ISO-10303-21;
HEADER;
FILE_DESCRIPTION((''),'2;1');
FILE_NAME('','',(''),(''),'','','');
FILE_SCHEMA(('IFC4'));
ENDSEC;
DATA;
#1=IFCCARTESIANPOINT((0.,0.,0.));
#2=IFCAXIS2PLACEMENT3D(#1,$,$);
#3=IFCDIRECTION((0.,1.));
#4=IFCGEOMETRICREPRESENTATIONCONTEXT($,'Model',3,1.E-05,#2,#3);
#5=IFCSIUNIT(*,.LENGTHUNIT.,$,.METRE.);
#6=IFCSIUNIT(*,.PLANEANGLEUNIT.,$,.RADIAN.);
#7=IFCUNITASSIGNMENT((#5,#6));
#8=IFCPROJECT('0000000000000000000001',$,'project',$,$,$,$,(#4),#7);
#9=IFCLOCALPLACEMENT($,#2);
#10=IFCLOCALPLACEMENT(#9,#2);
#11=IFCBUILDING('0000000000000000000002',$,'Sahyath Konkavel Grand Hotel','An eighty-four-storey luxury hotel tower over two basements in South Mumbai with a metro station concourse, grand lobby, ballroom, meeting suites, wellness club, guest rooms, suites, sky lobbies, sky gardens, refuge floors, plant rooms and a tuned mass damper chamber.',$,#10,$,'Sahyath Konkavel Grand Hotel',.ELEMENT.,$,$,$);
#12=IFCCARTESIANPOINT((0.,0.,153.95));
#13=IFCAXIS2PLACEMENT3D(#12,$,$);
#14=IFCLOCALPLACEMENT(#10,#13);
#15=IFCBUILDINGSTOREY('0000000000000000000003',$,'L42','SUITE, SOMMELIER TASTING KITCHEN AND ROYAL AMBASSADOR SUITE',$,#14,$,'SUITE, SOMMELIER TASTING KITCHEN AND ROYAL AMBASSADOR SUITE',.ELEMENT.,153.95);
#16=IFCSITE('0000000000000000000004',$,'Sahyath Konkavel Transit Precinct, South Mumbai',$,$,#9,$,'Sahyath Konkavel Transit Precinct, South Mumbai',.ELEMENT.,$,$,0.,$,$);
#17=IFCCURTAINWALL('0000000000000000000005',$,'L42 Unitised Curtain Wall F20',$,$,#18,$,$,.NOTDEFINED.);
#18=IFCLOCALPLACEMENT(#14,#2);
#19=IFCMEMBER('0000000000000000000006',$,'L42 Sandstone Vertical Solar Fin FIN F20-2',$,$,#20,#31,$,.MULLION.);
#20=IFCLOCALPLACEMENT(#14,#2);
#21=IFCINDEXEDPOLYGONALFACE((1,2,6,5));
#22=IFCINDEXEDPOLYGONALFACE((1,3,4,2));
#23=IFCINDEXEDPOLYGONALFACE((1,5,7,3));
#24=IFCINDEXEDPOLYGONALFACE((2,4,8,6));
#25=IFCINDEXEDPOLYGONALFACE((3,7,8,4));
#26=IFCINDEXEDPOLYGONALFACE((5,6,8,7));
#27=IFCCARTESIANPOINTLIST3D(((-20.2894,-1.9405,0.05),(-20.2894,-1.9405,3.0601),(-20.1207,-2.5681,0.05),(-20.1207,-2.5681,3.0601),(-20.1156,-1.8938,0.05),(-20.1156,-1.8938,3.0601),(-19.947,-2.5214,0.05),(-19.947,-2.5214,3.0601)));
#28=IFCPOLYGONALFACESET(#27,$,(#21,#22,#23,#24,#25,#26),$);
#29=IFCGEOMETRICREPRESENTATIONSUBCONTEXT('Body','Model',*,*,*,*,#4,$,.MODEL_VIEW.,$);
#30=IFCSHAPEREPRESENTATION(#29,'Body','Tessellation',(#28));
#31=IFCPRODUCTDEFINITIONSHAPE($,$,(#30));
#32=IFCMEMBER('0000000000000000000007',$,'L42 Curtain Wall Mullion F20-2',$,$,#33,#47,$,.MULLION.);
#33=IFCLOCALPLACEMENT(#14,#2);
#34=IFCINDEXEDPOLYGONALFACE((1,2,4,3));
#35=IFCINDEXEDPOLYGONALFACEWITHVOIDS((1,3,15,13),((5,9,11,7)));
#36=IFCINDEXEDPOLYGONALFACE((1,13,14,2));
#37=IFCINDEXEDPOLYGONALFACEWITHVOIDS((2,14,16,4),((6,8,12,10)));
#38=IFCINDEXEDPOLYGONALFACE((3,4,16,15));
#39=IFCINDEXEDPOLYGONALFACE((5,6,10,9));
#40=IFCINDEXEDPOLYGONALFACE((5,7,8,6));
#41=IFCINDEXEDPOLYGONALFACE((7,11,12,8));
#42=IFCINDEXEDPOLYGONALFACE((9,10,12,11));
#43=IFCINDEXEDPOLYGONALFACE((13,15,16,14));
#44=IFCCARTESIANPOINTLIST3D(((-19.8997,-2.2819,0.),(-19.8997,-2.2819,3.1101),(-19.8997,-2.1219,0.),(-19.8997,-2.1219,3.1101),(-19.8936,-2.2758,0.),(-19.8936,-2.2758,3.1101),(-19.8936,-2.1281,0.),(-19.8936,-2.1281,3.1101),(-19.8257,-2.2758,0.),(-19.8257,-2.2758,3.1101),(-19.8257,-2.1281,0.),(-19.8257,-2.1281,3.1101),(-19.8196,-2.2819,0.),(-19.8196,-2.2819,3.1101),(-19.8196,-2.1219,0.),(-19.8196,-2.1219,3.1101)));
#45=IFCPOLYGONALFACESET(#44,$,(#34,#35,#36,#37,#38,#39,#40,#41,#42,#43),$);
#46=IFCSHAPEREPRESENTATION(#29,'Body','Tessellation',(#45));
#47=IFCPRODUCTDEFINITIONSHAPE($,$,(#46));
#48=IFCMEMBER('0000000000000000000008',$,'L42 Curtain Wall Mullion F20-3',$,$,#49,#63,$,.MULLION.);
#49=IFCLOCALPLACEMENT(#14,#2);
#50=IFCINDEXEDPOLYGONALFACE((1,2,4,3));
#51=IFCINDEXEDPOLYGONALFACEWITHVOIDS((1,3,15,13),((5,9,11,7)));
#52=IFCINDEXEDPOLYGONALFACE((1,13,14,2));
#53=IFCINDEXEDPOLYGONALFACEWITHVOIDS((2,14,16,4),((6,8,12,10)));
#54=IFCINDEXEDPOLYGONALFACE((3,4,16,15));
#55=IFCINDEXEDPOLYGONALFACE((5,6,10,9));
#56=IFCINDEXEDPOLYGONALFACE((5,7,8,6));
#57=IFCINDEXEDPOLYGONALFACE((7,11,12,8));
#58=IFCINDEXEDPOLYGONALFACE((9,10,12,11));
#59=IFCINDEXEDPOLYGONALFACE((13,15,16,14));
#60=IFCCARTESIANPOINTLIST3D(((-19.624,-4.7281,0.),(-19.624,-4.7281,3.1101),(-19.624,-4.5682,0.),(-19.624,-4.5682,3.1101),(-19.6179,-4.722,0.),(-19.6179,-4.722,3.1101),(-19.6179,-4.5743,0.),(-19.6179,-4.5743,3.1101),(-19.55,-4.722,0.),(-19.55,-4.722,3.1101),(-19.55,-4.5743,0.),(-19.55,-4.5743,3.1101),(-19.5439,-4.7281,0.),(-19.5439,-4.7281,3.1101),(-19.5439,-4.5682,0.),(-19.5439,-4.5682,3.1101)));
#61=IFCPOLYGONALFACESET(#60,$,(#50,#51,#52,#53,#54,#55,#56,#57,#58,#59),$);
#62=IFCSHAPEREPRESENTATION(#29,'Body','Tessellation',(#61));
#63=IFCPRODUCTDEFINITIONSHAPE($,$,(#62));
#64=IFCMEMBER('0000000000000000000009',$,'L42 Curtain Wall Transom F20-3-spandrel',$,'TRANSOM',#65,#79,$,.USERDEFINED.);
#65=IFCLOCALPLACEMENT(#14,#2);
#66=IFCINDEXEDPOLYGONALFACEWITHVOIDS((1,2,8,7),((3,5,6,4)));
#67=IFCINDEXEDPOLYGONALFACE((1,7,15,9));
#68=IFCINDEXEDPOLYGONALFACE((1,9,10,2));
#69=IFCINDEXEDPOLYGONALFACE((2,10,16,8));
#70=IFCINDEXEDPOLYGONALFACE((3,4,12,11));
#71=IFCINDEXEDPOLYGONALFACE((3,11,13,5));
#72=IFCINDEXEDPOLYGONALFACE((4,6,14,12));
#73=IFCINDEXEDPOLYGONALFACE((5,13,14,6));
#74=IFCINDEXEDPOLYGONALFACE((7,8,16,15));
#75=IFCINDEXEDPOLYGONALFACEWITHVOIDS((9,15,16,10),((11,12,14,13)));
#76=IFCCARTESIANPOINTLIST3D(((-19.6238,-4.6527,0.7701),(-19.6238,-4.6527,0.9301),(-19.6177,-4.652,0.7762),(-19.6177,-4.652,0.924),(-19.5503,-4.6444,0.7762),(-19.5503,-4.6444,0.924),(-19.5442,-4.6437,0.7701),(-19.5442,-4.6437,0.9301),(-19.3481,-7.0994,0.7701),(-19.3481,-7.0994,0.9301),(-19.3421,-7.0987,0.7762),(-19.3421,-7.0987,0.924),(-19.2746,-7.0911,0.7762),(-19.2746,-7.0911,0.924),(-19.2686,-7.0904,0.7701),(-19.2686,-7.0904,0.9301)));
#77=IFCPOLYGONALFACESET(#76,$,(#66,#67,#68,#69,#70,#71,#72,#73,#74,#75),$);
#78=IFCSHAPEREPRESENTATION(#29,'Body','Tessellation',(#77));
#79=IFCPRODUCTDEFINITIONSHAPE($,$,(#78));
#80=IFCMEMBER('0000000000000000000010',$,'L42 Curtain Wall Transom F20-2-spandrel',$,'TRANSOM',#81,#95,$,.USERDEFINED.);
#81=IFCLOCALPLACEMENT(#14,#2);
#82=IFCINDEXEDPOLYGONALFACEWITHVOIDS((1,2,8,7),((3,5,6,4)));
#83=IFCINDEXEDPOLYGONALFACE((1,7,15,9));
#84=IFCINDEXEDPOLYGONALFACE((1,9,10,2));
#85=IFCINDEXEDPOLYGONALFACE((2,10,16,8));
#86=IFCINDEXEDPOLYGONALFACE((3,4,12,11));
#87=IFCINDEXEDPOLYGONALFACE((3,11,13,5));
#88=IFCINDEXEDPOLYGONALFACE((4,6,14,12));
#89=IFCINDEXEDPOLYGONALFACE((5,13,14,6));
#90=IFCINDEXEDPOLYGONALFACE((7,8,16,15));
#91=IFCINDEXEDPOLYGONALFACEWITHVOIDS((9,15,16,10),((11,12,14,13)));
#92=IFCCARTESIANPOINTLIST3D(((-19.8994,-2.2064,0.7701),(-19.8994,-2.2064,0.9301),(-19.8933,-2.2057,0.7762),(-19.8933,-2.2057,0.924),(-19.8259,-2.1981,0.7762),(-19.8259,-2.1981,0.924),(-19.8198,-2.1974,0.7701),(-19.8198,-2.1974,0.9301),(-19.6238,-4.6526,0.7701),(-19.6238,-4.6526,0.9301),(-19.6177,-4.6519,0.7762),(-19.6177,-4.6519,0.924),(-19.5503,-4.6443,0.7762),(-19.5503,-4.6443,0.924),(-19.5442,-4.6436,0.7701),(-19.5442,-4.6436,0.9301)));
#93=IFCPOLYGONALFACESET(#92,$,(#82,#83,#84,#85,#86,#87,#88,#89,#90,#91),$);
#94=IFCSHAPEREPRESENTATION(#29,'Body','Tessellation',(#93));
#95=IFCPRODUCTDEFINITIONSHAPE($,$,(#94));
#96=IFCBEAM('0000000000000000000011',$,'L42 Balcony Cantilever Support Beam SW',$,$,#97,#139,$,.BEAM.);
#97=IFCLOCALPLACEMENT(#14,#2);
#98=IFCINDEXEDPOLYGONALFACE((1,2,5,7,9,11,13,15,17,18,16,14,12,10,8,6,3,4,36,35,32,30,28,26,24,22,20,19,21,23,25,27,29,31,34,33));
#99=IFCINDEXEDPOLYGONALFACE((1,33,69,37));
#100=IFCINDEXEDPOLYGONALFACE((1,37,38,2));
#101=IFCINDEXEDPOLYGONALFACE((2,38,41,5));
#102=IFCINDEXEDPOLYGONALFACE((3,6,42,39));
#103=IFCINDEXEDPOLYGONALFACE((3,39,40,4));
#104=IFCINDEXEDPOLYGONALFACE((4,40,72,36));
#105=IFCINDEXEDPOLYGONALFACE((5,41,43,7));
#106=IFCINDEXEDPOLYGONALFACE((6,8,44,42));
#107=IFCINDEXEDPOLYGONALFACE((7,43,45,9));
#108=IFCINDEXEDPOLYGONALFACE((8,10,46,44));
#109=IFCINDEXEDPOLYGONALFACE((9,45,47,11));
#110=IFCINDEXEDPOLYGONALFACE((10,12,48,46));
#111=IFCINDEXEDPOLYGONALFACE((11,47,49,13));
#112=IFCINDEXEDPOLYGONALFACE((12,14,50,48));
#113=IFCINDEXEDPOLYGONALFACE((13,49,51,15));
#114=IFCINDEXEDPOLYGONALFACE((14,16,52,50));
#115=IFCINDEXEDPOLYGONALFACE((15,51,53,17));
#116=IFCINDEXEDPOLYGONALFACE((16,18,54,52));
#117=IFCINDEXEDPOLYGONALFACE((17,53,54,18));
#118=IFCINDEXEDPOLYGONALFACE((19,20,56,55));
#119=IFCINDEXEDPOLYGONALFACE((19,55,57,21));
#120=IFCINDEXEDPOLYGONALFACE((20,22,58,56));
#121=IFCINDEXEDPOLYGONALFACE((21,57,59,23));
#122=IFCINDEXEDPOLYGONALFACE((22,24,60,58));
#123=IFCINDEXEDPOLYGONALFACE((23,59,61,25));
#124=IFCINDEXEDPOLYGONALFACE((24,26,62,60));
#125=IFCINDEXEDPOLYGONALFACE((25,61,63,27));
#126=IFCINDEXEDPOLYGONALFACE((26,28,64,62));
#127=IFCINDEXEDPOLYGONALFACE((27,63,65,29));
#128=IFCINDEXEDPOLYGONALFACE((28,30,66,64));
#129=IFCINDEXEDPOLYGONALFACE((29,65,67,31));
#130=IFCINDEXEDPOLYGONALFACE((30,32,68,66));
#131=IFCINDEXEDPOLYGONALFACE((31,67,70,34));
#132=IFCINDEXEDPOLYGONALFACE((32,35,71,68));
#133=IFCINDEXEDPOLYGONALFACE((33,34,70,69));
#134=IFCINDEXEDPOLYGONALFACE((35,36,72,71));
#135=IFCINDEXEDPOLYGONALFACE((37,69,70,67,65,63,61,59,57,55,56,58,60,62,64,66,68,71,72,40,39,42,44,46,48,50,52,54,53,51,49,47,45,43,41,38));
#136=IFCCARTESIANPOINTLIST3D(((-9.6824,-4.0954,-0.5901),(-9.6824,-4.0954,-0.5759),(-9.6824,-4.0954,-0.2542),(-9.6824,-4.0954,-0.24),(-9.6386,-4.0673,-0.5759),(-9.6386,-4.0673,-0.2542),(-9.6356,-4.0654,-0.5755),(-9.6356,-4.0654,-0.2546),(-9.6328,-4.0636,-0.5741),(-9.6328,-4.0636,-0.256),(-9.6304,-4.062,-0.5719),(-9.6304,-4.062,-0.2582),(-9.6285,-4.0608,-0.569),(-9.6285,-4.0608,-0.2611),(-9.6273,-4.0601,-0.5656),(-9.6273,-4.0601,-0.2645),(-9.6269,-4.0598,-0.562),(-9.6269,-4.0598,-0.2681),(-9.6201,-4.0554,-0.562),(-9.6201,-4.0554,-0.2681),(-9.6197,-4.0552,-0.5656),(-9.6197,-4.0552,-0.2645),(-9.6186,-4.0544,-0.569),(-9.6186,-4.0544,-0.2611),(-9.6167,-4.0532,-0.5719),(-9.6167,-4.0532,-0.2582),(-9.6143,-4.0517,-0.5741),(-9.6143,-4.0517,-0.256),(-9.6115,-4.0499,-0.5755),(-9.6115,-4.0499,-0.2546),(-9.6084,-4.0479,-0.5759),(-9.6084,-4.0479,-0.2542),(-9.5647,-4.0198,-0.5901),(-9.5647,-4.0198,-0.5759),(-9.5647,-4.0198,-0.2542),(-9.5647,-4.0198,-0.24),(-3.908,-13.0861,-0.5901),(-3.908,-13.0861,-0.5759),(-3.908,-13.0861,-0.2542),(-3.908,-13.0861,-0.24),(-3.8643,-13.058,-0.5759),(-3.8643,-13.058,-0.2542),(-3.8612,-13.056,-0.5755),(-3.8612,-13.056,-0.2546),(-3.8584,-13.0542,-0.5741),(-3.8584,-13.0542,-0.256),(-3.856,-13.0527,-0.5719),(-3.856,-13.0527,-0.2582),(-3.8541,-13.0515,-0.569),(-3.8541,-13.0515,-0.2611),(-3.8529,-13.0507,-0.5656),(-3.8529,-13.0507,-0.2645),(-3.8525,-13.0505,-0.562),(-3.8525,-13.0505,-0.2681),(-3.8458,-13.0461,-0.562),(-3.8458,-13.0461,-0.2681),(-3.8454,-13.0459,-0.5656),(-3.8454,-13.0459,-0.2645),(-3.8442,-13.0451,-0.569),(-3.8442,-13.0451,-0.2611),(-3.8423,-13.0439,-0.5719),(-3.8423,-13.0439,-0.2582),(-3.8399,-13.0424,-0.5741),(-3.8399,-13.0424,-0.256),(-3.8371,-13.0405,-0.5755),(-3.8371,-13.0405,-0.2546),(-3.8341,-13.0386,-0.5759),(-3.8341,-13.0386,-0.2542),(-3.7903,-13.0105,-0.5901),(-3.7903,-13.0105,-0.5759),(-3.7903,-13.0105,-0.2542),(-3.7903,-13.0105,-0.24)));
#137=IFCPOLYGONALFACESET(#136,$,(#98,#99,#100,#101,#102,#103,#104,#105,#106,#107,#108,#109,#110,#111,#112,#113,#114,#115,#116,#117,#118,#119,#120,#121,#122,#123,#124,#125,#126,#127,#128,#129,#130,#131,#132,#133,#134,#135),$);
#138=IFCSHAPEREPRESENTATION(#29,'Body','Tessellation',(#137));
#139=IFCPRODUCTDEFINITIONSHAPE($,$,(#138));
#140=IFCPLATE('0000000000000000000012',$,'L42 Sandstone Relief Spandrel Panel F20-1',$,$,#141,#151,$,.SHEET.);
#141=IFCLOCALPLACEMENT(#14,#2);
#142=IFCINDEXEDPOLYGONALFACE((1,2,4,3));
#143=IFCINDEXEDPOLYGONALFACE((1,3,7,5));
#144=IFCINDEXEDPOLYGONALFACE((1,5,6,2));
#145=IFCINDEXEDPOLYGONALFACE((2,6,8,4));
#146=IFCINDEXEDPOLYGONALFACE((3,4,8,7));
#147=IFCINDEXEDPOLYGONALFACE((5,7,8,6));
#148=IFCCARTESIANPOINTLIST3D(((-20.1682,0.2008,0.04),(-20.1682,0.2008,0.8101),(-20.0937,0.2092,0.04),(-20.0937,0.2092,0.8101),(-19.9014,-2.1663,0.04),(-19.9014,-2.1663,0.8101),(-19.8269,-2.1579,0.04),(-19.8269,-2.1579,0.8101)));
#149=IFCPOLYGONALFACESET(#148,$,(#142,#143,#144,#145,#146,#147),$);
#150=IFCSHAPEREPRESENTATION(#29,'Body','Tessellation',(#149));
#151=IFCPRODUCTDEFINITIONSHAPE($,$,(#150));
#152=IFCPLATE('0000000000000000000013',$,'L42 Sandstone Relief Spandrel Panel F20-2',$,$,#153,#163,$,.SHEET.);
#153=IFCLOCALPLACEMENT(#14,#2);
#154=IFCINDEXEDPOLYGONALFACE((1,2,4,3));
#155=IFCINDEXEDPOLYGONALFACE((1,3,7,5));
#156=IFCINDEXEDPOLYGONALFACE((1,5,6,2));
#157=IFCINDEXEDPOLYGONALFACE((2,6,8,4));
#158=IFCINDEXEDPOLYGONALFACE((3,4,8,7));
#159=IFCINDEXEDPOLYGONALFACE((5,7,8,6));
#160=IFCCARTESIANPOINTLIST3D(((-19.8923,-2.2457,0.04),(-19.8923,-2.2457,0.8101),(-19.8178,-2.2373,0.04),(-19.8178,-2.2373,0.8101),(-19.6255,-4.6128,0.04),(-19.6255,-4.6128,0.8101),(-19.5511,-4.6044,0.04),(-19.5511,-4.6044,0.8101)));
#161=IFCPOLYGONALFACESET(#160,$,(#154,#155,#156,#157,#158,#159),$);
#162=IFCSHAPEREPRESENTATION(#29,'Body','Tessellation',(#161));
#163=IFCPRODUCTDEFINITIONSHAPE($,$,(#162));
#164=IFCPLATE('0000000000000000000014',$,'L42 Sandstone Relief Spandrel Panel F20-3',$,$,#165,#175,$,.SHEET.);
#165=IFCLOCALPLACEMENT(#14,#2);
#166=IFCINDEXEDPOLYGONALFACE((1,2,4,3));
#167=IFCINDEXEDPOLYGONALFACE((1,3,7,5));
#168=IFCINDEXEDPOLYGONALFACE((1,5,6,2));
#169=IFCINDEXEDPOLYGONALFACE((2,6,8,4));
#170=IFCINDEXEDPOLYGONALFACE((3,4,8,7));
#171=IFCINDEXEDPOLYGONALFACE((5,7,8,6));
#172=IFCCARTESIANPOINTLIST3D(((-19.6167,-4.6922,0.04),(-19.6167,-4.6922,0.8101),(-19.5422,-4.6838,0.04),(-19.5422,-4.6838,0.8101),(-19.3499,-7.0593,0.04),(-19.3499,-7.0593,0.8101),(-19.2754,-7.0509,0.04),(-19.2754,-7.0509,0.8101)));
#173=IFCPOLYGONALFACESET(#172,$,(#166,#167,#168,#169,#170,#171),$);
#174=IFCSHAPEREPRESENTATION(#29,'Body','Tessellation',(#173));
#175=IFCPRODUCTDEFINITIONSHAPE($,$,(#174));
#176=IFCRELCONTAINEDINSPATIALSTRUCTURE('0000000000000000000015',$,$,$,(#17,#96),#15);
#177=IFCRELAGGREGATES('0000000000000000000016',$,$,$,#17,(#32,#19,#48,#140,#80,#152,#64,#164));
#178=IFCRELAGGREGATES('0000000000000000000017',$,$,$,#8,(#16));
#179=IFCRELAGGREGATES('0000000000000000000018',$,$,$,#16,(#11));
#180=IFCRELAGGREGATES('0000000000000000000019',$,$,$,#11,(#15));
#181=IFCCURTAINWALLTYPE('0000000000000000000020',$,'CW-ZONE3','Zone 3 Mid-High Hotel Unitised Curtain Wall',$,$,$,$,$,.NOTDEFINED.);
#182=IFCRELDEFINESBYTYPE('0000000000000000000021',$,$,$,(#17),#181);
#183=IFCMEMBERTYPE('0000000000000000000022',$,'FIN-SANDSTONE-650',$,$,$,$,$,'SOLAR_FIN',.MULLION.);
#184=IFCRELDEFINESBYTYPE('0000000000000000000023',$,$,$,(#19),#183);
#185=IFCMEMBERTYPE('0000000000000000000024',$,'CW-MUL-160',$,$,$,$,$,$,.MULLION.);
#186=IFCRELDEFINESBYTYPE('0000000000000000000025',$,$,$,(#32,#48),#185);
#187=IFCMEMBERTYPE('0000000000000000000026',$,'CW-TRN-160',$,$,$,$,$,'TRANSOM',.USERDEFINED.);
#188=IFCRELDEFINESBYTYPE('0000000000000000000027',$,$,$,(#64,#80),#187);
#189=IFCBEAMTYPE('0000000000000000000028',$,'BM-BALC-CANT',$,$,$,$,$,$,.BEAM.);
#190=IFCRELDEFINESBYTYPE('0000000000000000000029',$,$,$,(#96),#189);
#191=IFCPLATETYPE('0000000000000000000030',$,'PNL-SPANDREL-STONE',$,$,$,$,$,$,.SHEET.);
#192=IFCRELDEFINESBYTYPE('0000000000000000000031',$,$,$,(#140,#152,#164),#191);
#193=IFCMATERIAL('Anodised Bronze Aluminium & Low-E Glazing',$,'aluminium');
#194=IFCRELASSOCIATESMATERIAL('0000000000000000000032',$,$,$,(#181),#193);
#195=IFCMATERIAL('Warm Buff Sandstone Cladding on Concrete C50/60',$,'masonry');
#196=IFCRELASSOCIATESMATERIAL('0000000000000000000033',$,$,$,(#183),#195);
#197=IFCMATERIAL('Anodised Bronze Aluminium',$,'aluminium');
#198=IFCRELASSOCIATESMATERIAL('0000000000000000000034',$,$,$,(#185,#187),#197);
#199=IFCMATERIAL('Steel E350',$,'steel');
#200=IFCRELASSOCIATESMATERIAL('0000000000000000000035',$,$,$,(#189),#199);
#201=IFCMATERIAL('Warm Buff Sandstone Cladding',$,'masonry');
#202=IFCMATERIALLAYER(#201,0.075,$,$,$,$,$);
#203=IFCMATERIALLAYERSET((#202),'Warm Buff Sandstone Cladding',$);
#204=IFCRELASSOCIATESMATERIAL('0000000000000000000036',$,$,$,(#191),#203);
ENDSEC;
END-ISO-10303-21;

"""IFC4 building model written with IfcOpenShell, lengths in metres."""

from ifc_helpers import new_model, si_unit, direction, frame, origin, origin_2d, place, context, subcontext, project, spatial, rectangle, hollow_rectangle, i_section, extrude, source, transform, mapped, material, layer, layer_set, material_profile, profile_set, type_object, element, aggregate, save


model = new_model("IFC4")

# Units and contexts
model_context = context("Model", 3, precision=1e-05, world=origin(), true_north=direction((0.0, 1.0)))
body_context = subcontext(model_context, "Body", "Model", "MODEL_VIEW")
ifc_project = project(units=[si_unit("LENGTHUNIT", "METRE"), si_unit("PLANEANGLEUNIT", "RADIAN")], contexts=[model_context])

# Site, building, storey
site_placement = place(None, origin())
site = spatial("IfcSite", under=ifc_project, at=site_placement, Name="Sahyath Konkavel Transit Precinct, South Mumbai", LongName="Sahyath Konkavel Transit Precinct, South Mumbai", CompositionType="ELEMENT", RefElevation=0.0)
building_placement = place(site_placement, origin())
building = spatial("IfcBuilding", under=site, at=building_placement, Name="Sahyath Konkavel Grand Hotel", Description="An eighty-four-storey luxury hotel tower over two basements in South Mumbai with a metro station concourse, grand lobby, ballroom, meeting suites, wellness club, guest rooms, suites, sky lobbies, sky gardens, refuge floors, plant rooms and a tuned mass damper chamber.", LongName="Sahyath Konkavel Grand Hotel", CompositionType="ELEMENT")
storey_placement = place(building_placement, frame((0.0, 0.0, 153.95)))
storey = spatial("IfcBuildingStorey", under=building, at=storey_placement, Name="L42", Description="SUITE, SOMMELIER TASTING KITCHEN AND ROYAL AMBASSADOR SUITE", LongName="SUITE, SOMMELIER TASTING KITCHEN AND ROYAL AMBASSADOR SUITE", CompositionType="ELEMENT", Elevation=153.95)

# Curtain wall, members
ifc_material_1 = material(Name="Anodised Bronze Aluminium & Low-E Glazing", Category="aluminium")
curtain_wall_type = type_object("IfcCurtainWallType", Name="CW-ZONE3", Description="Zone 3 Mid-High Hotel Unitised Curtain Wall", PredefinedType="NOTDEFINED", material=ifc_material_1)
curtain_wall_placement = place(storey_placement, origin())
curtain_wall = element("IfcCurtainWall", 1, at=curtain_wall_placement, inside=storey, type_object=curtain_wall_type, Name="L42 Unitised Curtain Wall F20", PredefinedType="NOTDEFINED")
ifc_material_2 = material(Name="Warm Buff Sandstone Cladding on Concrete C50/60", Category="masonry")
ifc_material_profile_1 = material_profile(ifc_material_2, rectangle(XDim=0.1799, YDim=0.6499, at=origin_2d()), Name="FIN 180x650")
ifc_profile_set_1 = profile_set([ifc_material_profile_1], Name="Warm Buff Sandstone Cladding on Concrete C50/60")
member_type_1 = type_object("IfcMemberType", Name="FIN-SANDSTONE-650", ElementType="SOLAR_FIN", PredefinedType="MULLION", material=ifc_profile_set_1)
shared_shape_1 = source(origin(), body_context, "Body", "SweptSolid", [
    extrude(rectangle(XDim=0.1799, YDim=0.6499, at=origin_2d()), origin(), (0.0, 0.0, 1.0), 3.01),
])
member_1_placement = place(storey_placement, frame((-20.1182, -2.231, 0.05), z_axis=(0.0, 0.0, 1.0), x_axis=(0.965745, 0.259493, 0.0)))
member_1 = element("IfcMember", 2, at=member_1_placement, type_object=member_type_1, Name="L42 Sandstone Vertical Solar Fin FIN F20-2", PredefinedType="MULLION", context=body_context, shape_type="MappedRepresentation", body=[
    mapped(shared_shape_1, transform((0.0, 0.0, 0.0), scale=1.0)),
])
ifc_material_3 = material(Name="Anodised Bronze Aluminium", Category="aluminium")
ifc_material_profile_2 = material_profile(ifc_material_3, hollow_rectangle(XDim=0.0801, YDim=0.1599, WallThickness=0.0061, at=origin_2d()), Name="RHS 160x80x6")
ifc_profile_set_2 = profile_set([ifc_material_profile_2], Name="Anodised Bronze Aluminium")
member_type_2 = type_object("IfcMemberType", Name="CW-MUL-160", PredefinedType="MULLION", material=ifc_profile_set_2)
shared_shape_2 = source(origin(), body_context, "Body", "SweptSolid", [
    extrude(hollow_rectangle(XDim=0.0801, YDim=0.1599, WallThickness=0.0061, at=origin_2d()), origin(), (0.0, 0.0, 1.0), 3.1101),
])
member_2_placement = place(storey_placement, frame((-19.8596, -2.2019, 0.0), z_axis=(0.0, 0.0, 1.0), x_axis=(1.0, 0.0, 0.0)))
member_2 = element("IfcMember", 3, at=member_2_placement, type_object=member_type_2, Name="L42 Curtain Wall Mullion F20-2", PredefinedType="MULLION", context=body_context, shape_type="MappedRepresentation", body=[
    mapped(shared_shape_2, transform((0.0, 0.0, 0.0), scale=1.0)),
])
member_3_placement = place(storey_placement, frame((-19.584, -4.6482, 0.0), z_axis=(0.0, 0.0, 1.0), x_axis=(1.0, 0.0, 0.0)))
member_3 = element("IfcMember", 4, at=member_3_placement, type_object=member_type_2, Name="L42 Curtain Wall Mullion F20-3", PredefinedType="MULLION", context=body_context, shape_type="MappedRepresentation", body=[
    mapped(shared_shape_2, transform((0.0, 0.0, 0.0), scale=1.0)),
])
ifc_material_profile_3 = material_profile(ifc_material_3, hollow_rectangle(XDim=0.0801, YDim=0.1599, WallThickness=0.0061, at=origin_2d()), Name="RHS 160x80x6")
ifc_profile_set_3 = profile_set([ifc_material_profile_3], Name="Anodised Bronze Aluminium")
member_type_3 = type_object("IfcMemberType", Name="CW-TRN-160", ElementType="TRANSOM", PredefinedType="USERDEFINED", material=ifc_profile_set_3)
shared_shape_3 = source(origin(), body_context, "Body", "SweptSolid", [
    extrude(hollow_rectangle(XDim=0.0801, YDim=0.1599, WallThickness=0.0061, at=origin_2d()), origin(), (0.0, 0.0, 1.0), 2.4622),
])
member_4_placement = place(storey_placement, frame((-19.584, -4.6482, 0.8501), z_axis=(0.111944, -0.993715, 0.0), x_axis=(0.993715, 0.111944, 0.0)))
member_4 = element("IfcMember", 5, at=member_4_placement, type_object=member_type_3, Name="L42 Curtain Wall Transom F20-3-spandrel", ObjectType="TRANSOM", PredefinedType="USERDEFINED", context=body_context, shape_type="MappedRepresentation", body=[
    mapped(shared_shape_3, transform((0.0, 0.0, 0.0), scale=1.0)),
])
shared_shape_4 = source(origin(), body_context, "Body", "SweptSolid", [
    extrude(hollow_rectangle(XDim=0.0801, YDim=0.1599, WallThickness=0.0061, at=origin_2d()), origin(), (0.0, 0.0, 1.0), 2.4617),
])
member_5_placement = place(storey_placement, frame((-19.8596, -2.2019, 0.8501), z_axis=(0.111966, -0.993712, 0.0), x_axis=(0.993712, 0.111966, 0.0)))
member_5 = element("IfcMember", 6, at=member_5_placement, type_object=member_type_3, Name="L42 Curtain Wall Transom F20-2-spandrel", ObjectType="TRANSOM", PredefinedType="USERDEFINED", context=body_context, shape_type="MappedRepresentation", body=[
    mapped(shared_shape_4, transform((0.0, 0.0, 0.0), scale=1.0)),
])

# Beam
ifc_material_4 = material(Name="Steel E350", Category="steel")
ifc_material_profile_4 = material_profile(ifc_material_4, i_section(OverallWidth=0.1399, OverallDepth=0.3501, WebThickness=0.0081, FlangeThickness=0.0142, FilletRadius=0.0139, at=origin_2d()), Name="ISMB 350")
ifc_profile_set_4 = profile_set([ifc_material_profile_4], Name="Steel E350")
beam_type = type_object("IfcBeamType", Name="BM-BALC-CANT", PredefinedType="BEAM", material=ifc_profile_set_4)
shared_shape_5 = source(origin(), body_context, "Body", "SweptSolid", [
    extrude(i_section(OverallWidth=0.1399, OverallDepth=0.3501, WebThickness=0.0081, FlangeThickness=0.0142, FilletRadius=0.0139, at=origin_2d()), origin(), (0.0, 0.0, 1.0), 10.6853),
])
beam_placement = place(storey_placement, frame((-9.6235, -4.0576, -0.415), z_axis=(0.540404, -0.841406, 0.0), x_axis=(0.841406, 0.540404, 0.0)))
element("IfcBeam", 7, at=beam_placement, inside=storey, type_object=beam_type, Name="L42 Balcony Cantilever Support Beam SW", PredefinedType="BEAM", context=body_context, shape_type="MappedRepresentation", body=[
    mapped(shared_shape_5, transform((0.0, 0.0, 0.0), scale=1.0)),
])

# Plates
ifc_material_5 = material(Name="Warm Buff Sandstone Cladding", Category="masonry")
ifc_layer_1 = layer(ifc_material_5, 0.075)
ifc_layer_set_1 = layer_set([ifc_layer_1], Name="Warm Buff Sandstone Cladding")
plate_type_1 = type_object("IfcPlateType", Name="PNL-SPANDREL-STONE", PredefinedType="SHEET", material=ifc_layer_set_1)
shared_shape_6 = source(origin(), body_context, "Body", "SweptSolid", [
    extrude(rectangle(XDim=2.3821, YDim=0.075, at=origin_2d()), origin(), (0.0, 0.0, 1.0), 0.77),
])
plate_1_placement = place(storey_placement, frame((-19.9976, -0.9785, 0.04), z_axis=(0.0, 0.0, 1.0), x_axis=(0.111989, -0.993709, 0.0)))
plate_1 = element("IfcPlate", 8, at=plate_1_placement, type_object=plate_type_1, Name="L42 Sandstone Relief Spandrel Panel F20-1", PredefinedType="SHEET", context=body_context, shape_type="MappedRepresentation", body=[
    mapped(shared_shape_6, transform((0.0, 0.0, 0.0), scale=1.0)),
])
plate_2_placement = place(storey_placement, frame((-19.7217, -3.425, 0.04), z_axis=(0.0, 0.0, 1.0), x_axis=(0.111989, -0.993709, 0.0)))
plate_2 = element("IfcPlate", 9, at=plate_2_placement, type_object=plate_type_1, Name="L42 Sandstone Relief Spandrel Panel F20-2", PredefinedType="SHEET", context=body_context, shape_type="MappedRepresentation", body=[
    mapped(shared_shape_6, transform((0.0, 0.0, 0.0), scale=1.0)),
])
plate_3_placement = place(storey_placement, frame((-19.446, -5.8716, 0.04), z_axis=(0.0, 0.0, 1.0), x_axis=(0.111989, -0.993709, 0.0)))
plate_3 = element("IfcPlate", 10, at=plate_3_placement, type_object=plate_type_1, Name="L42 Sandstone Relief Spandrel Panel F20-3", PredefinedType="SHEET", context=body_context, shape_type="MappedRepresentation", body=[
    mapped(shared_shape_6, transform((0.0, 0.0, 0.0), scale=1.0)),
])
aggregate(curtain_wall, [member_2, member_1, member_3, plate_1, member_5, plate_2, member_4, plate_3])

save(model, "model.ifc")
